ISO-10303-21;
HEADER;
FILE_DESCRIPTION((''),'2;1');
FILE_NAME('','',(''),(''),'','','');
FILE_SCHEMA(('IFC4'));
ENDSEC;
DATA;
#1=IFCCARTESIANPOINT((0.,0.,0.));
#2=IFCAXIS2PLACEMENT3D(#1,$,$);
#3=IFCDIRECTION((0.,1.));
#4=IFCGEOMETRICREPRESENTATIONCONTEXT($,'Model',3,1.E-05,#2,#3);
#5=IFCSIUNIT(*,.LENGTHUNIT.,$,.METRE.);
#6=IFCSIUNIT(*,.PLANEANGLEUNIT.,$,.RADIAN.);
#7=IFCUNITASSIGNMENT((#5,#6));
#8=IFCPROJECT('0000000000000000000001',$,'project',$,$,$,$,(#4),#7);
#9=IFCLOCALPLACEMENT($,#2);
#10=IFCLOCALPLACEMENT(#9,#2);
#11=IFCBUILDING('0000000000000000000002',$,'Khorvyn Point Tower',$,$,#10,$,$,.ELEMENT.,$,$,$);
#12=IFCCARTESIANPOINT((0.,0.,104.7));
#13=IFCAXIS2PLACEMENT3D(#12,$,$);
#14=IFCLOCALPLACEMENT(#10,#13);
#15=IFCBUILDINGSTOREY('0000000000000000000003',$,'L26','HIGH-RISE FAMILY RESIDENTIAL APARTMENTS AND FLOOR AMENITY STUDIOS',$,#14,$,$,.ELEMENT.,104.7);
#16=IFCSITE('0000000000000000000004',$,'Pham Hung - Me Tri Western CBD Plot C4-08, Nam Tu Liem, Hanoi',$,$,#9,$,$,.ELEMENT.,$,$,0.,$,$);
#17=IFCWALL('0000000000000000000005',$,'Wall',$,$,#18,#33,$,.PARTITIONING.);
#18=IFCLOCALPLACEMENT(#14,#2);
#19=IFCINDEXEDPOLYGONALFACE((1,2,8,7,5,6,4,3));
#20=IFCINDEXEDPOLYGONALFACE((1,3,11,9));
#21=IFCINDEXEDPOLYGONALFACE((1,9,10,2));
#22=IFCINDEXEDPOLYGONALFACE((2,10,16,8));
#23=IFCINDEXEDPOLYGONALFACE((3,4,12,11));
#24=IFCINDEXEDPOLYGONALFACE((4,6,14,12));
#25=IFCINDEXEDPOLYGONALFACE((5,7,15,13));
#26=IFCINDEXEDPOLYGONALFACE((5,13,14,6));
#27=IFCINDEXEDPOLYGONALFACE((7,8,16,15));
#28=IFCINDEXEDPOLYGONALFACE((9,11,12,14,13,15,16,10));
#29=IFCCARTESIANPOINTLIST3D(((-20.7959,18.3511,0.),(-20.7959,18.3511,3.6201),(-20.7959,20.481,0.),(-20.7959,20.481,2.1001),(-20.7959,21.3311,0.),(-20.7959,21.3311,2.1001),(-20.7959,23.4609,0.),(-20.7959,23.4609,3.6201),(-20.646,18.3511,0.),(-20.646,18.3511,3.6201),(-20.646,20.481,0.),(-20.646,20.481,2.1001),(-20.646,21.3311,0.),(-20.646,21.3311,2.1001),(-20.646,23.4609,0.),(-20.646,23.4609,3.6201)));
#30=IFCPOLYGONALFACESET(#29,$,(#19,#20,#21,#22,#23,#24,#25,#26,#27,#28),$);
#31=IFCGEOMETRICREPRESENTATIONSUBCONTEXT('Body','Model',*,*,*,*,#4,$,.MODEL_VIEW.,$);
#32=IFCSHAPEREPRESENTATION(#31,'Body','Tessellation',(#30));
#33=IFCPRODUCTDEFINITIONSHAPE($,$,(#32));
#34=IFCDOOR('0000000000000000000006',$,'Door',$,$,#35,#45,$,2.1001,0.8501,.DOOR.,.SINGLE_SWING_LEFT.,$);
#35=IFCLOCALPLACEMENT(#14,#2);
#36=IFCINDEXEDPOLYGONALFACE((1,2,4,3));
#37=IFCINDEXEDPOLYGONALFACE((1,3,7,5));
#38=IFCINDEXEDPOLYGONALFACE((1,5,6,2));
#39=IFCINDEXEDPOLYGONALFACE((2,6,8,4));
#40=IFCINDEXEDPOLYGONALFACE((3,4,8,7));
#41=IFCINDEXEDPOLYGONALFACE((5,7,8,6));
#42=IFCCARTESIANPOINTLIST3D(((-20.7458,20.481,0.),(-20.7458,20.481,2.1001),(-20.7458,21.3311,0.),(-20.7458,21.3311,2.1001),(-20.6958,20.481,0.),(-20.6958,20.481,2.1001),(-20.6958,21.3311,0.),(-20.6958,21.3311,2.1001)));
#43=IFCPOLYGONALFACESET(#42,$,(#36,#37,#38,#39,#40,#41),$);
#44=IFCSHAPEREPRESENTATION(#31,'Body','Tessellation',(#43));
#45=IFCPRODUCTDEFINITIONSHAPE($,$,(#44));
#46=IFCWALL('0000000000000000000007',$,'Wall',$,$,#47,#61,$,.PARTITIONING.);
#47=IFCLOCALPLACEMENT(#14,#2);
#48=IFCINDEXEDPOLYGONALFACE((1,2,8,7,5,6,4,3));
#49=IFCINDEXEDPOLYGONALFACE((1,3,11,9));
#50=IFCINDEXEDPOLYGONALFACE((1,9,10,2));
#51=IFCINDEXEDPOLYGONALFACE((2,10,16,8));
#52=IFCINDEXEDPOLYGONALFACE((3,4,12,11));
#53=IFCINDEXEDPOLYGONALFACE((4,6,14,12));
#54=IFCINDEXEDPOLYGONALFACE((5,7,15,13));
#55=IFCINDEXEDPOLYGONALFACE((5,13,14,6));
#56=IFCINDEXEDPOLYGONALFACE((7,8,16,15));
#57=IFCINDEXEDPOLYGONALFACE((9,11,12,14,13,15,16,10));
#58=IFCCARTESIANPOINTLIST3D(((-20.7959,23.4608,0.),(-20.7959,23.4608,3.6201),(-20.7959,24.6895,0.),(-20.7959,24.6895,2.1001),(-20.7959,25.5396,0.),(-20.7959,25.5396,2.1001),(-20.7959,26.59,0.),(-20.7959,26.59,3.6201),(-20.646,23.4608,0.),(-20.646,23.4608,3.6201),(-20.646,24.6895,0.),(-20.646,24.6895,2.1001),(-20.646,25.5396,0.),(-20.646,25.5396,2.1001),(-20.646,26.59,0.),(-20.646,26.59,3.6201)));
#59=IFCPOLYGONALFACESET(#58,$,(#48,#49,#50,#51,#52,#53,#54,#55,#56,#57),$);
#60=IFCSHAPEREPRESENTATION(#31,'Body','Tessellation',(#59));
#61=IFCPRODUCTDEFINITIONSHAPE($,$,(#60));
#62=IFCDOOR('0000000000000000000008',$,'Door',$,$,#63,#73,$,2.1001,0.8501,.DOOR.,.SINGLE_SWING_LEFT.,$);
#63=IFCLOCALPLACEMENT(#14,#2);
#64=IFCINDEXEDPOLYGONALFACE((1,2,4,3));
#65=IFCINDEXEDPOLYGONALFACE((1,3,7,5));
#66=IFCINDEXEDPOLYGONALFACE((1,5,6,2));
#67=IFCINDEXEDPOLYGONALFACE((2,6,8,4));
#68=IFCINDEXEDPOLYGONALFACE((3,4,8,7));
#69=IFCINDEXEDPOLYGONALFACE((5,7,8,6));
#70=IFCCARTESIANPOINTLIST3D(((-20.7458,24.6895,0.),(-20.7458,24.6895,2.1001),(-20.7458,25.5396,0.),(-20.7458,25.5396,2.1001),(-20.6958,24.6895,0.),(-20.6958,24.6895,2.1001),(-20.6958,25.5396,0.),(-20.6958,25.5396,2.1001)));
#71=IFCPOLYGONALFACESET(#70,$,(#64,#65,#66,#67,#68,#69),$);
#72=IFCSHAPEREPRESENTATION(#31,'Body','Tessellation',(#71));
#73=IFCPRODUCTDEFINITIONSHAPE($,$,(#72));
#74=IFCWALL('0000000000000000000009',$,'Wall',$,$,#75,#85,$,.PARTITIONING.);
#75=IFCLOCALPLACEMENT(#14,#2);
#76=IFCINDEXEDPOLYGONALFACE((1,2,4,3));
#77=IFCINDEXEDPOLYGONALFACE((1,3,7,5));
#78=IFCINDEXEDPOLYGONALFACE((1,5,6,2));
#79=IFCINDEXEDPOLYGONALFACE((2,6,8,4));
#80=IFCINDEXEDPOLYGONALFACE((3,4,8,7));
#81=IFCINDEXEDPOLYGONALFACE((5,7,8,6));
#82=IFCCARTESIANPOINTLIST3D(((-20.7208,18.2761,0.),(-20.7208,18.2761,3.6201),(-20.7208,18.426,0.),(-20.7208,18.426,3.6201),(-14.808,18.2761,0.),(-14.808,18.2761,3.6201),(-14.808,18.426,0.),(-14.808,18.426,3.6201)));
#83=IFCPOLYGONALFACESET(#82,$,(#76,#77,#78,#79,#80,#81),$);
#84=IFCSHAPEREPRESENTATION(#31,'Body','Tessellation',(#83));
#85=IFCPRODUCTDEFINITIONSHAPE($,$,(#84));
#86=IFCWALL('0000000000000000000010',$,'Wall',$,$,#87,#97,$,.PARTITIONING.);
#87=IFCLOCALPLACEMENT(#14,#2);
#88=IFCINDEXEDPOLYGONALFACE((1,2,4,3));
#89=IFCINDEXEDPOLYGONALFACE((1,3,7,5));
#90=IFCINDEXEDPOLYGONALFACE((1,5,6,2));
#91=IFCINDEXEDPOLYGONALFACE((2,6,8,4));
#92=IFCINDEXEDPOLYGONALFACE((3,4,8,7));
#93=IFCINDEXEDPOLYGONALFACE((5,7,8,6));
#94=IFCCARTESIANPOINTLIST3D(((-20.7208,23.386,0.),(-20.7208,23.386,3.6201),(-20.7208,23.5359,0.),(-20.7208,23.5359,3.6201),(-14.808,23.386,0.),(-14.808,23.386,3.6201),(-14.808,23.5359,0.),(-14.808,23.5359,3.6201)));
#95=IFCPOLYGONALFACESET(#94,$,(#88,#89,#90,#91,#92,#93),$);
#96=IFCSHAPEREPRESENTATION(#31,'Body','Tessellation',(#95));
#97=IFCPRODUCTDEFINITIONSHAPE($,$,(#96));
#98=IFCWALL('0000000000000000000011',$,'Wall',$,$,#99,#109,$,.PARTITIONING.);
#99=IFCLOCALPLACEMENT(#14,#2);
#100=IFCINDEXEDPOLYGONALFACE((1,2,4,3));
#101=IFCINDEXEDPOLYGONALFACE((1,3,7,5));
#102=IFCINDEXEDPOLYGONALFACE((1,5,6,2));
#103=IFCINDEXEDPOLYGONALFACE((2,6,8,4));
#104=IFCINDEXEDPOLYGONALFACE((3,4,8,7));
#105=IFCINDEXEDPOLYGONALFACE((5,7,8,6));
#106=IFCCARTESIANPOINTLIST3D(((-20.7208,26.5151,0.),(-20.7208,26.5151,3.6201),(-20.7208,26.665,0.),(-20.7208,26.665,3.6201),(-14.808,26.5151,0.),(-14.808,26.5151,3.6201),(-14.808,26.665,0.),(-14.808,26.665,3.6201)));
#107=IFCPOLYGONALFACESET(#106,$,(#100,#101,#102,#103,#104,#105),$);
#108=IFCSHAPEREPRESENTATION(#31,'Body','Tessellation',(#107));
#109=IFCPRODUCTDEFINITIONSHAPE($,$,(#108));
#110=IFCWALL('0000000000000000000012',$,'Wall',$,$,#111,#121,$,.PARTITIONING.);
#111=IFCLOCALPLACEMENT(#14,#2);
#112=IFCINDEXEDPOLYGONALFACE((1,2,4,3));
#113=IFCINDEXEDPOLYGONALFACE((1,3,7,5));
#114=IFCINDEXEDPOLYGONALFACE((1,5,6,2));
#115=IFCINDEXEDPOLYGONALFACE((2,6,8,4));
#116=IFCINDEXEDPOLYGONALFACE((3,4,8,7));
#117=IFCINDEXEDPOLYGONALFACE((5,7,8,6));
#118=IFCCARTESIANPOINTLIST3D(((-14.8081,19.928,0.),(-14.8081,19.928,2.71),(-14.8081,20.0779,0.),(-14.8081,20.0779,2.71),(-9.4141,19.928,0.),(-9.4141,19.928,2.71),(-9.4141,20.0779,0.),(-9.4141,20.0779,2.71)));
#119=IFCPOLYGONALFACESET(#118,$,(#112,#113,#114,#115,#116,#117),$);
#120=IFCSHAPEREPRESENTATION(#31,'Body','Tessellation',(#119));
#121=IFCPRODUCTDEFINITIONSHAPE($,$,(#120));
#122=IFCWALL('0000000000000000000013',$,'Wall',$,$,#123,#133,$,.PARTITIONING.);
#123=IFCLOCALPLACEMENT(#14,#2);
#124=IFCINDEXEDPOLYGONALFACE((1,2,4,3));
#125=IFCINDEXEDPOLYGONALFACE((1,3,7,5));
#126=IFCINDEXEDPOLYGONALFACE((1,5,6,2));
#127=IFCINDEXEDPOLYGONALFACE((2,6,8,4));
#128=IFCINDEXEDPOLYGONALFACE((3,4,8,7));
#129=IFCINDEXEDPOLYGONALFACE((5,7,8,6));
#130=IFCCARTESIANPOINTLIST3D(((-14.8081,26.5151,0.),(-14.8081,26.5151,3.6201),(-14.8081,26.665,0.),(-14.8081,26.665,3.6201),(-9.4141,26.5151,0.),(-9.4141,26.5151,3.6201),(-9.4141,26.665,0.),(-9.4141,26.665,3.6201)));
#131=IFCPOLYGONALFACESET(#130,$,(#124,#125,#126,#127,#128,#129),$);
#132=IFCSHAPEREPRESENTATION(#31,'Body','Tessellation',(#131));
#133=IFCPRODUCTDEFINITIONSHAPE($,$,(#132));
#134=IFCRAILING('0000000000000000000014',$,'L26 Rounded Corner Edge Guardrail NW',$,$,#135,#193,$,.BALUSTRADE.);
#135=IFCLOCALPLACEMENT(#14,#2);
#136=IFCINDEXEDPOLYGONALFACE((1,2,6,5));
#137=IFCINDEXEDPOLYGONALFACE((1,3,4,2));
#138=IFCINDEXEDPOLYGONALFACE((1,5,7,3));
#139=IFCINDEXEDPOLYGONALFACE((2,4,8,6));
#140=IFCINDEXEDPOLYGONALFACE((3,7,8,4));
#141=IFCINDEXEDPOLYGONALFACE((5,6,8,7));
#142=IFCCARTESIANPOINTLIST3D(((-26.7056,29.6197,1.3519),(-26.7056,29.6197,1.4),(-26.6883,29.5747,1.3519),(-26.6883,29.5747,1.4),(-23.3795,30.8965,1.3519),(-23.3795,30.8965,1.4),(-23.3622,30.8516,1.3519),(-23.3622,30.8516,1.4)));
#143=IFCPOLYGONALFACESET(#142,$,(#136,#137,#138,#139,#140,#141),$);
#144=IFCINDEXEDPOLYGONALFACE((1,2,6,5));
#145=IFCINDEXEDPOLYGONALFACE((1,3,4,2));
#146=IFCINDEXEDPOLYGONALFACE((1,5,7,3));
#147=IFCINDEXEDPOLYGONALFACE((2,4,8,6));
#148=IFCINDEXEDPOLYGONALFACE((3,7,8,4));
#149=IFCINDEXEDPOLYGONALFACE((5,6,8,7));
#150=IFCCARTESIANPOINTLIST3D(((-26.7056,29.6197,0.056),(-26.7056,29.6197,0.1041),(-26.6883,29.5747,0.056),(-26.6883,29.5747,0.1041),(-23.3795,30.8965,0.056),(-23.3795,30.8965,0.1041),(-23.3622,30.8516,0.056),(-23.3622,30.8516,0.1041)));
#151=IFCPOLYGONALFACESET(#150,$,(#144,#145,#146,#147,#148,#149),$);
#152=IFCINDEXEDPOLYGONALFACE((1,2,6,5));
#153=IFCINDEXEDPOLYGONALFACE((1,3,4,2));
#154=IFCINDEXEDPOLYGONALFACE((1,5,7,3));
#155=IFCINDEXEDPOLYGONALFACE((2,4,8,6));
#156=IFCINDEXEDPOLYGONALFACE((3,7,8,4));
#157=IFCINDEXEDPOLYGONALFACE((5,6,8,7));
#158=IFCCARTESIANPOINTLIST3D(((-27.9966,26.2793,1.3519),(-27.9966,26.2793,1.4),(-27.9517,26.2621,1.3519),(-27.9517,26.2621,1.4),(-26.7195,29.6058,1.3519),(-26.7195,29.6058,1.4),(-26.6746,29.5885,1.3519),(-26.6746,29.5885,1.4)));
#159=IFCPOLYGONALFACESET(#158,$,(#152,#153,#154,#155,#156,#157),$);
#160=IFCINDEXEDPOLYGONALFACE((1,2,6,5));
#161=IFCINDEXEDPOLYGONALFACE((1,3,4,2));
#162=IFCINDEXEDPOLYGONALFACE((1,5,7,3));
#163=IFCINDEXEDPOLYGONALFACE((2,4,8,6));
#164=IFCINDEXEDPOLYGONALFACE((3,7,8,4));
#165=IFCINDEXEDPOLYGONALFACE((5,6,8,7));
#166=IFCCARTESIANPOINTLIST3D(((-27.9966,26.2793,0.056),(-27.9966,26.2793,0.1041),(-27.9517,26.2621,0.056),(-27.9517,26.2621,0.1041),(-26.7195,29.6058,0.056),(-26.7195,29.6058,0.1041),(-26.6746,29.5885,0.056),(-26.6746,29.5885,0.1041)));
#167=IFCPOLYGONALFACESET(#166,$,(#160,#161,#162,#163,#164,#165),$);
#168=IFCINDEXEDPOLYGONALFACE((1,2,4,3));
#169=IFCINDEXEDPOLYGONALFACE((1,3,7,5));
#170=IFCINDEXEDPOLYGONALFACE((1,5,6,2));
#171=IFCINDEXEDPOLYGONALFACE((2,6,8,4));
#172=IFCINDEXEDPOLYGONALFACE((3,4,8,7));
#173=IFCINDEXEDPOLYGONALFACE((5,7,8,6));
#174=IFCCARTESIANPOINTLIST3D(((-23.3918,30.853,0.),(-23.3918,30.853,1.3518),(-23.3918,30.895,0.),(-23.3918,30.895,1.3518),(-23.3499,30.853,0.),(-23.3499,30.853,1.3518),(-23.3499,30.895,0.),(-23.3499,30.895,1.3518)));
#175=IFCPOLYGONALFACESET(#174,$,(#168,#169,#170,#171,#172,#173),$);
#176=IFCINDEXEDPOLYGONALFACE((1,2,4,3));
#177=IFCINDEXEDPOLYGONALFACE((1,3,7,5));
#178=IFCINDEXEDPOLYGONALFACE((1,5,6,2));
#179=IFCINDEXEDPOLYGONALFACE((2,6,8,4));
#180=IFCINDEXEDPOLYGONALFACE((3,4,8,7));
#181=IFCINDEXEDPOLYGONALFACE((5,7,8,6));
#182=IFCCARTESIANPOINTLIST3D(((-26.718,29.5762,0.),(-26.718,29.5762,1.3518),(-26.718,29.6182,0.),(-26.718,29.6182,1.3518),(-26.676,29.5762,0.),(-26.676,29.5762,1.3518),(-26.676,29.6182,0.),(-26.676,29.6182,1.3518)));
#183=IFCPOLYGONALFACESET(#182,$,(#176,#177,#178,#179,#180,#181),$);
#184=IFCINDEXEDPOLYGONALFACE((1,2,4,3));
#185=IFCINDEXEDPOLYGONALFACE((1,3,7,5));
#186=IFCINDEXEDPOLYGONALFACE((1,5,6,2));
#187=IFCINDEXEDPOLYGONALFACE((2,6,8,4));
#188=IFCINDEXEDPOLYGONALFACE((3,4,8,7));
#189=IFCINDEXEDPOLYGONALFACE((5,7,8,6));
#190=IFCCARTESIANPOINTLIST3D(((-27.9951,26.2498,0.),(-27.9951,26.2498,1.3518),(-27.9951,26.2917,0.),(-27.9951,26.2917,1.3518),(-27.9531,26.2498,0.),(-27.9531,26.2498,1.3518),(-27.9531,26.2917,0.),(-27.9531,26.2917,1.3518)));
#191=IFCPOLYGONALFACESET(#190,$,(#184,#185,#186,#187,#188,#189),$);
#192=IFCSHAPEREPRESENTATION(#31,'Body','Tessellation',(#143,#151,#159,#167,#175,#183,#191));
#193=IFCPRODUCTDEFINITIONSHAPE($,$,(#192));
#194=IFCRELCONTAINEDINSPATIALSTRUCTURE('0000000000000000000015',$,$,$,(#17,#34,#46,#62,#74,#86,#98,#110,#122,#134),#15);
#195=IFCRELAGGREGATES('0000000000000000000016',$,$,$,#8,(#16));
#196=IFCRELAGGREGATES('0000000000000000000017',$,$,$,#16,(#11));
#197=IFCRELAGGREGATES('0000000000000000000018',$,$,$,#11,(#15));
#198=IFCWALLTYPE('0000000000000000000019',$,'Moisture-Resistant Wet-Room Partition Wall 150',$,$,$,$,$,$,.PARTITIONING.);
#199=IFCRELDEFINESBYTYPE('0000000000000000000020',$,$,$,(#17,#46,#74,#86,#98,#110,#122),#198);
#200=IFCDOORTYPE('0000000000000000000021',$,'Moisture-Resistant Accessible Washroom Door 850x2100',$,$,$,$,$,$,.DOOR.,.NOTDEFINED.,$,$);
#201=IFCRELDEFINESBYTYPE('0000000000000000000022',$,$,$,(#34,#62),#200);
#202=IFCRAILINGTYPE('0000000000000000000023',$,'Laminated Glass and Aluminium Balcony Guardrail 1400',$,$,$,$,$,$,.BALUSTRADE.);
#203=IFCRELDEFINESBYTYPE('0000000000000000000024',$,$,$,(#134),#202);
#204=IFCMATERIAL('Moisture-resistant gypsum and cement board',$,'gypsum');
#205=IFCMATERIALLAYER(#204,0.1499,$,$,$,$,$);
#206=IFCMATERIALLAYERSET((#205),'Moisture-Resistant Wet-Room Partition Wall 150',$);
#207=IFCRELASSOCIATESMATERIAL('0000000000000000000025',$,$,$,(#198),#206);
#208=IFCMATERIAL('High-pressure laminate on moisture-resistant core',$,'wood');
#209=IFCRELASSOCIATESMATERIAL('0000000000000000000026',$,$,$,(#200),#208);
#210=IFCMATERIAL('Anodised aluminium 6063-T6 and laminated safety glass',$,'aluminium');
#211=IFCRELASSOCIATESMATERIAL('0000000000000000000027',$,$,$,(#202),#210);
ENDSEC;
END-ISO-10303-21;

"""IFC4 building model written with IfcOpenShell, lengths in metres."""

from ifc_helpers import new_model, si_unit, direction, frame, frame_2d, origin, origin_2d, place, context, subcontext, project, spatial, rectangle, extrude, material, layer, layer_set, type_object, element, fill, save


model = new_model("IFC4")

# Units and contexts
model_context = context("Model", 3, precision=1e-05, world=origin(), true_north=direction((0.0, 1.0)))
body_context = subcontext(model_context, "Body", "Model", "MODEL_VIEW")
ifc_project = project(units=[si_unit("LENGTHUNIT", "METRE"), si_unit("PLANEANGLEUNIT", "RADIAN")], contexts=[model_context])

# Site, building, storey
site_placement = place(None, origin())
site = spatial("IfcSite", under=ifc_project, at=site_placement, Name="Pham Hung - Me Tri Western CBD Plot C4-08, Nam Tu Liem, Hanoi", CompositionType="ELEMENT", RefElevation=0.0)
building_placement = place(site_placement, origin())
building = spatial("IfcBuilding", under=site, at=building_placement, Name="Khorvyn Point Tower", CompositionType="ELEMENT")
storey_placement = place(building_placement, frame((0.0, 0.0, 104.7)))
storey = spatial("IfcBuildingStorey", under=building, at=storey_placement, Name="L26", Description="HIGH-RISE FAMILY RESIDENTIAL APARTMENTS AND FLOOR AMENITY STUDIOS", CompositionType="ELEMENT", Elevation=104.7)

# Walls, openings, doors
ifc_material_1 = material(Name="Moisture-resistant gypsum and cement board", Category="gypsum")
ifc_layer_1 = layer(ifc_material_1, 0.1499)
ifc_layer_set_1 = layer_set([ifc_layer_1], Name="Moisture-Resistant Wet-Room Partition Wall 150")
wall_type_1 = type_object("IfcWallType", Name="Moisture-Resistant Wet-Room Partition Wall 150", PredefinedType="PARTITIONING", material=ifc_layer_set_1)
wall_1_placement = place(storey_placement, frame((-20.7209, 18.3511, 0.0), z_axis=(0.0, 0.0, 1.0), x_axis=(0.0, 1.0, 0.0)))
wall_1 = element("IfcWall", 1, at=wall_1_placement, inside=storey, type_object=wall_type_1, Name="Wall", PredefinedType="PARTITIONING", context=body_context, shape_type="SweptSolid", body=[
    extrude(rectangle(XDim=5.1099, YDim=0.1499, at=frame_2d((2.5549, 0.0))), origin(), (0.0, 0.0, 1.0), 3.6201),
])
opening_1_placement = place(wall_1_placement, frame((2.1299, 0.0, 0.0)))
opening_1 = element("IfcOpeningElement", 2, at=opening_1_placement, cuts=wall_1, PredefinedType="OPENING", context=body_context, shape_type="SweptSolid", body=[
    extrude(rectangle(XDim=0.8501, YDim=2.1001, at=frame_2d((0.425, 1.05))), frame((0.0, 0.085, 0.0), z_axis=(0.0, -1.0, 0.0), x_axis=(1.0, 0.0, 0.0)), (0.0, 0.0, 1.0), 0.1699),
])
ifc_material_2 = material(Name="High-pressure laminate on moisture-resistant core", Category="wood")
door_type_1 = type_object("IfcDoorType", Name="Moisture-Resistant Accessible Washroom Door 850x2100", OperationType="NOTDEFINED", PredefinedType="DOOR", material=ifc_material_2)
door_1_placement = place(opening_1_placement, origin())
door_1 = element("IfcDoor", 3, at=door_1_placement, inside=storey, type_object=door_type_1, Name="Door", OperationType="SINGLE_SWING_LEFT", OverallHeight=2.1001, OverallWidth=0.8501, PredefinedType="DOOR", context=body_context, shape_type="SweptSolid", body=[
    extrude(rectangle(XDim=0.8501, YDim=2.1001, at=frame_2d((0.425, 1.05))), frame((0.0, 0.0249, 0.0), z_axis=(0.0, -1.0, 0.0), x_axis=(1.0, 0.0, 0.0)), (0.0, 0.0, 1.0), 0.05),
])
fill(opening_1, door_1)
wall_2_placement = place(storey_placement, frame((-20.7209, 23.4609, 0.0), z_axis=(0.0, 0.0, 1.0), x_axis=(0.0, 1.0, 0.0)))
wall_2 = element("IfcWall", 4, at=wall_2_placement, inside=storey, type_object=wall_type_1, Name="Wall", PredefinedType="PARTITIONING", context=body_context, shape_type="SweptSolid", body=[
    extrude(rectangle(XDim=3.1292, YDim=0.1499, at=frame_2d((1.5645, 0.0))), origin(), (0.0, 0.0, 1.0), 3.6201),
])
opening_2_placement = place(wall_2_placement, frame((1.2285, 0.0, 0.0)))
opening_2 = element("IfcOpeningElement", 5, at=opening_2_placement, cuts=wall_2, PredefinedType="OPENING", context=body_context, shape_type="SweptSolid", body=[
    extrude(rectangle(XDim=0.8501, YDim=2.1001, at=frame_2d((0.425, 1.05))), frame((0.0, 0.085, 0.0), z_axis=(0.0, -1.0, 0.0), x_axis=(1.0, 0.0, 0.0)), (0.0, 0.0, 1.0), 0.1699),
])
door_2_placement = place(opening_2_placement, origin())
door_2 = element("IfcDoor", 6, at=door_2_placement, inside=storey, type_object=door_type_1, Name="Door", OperationType="SINGLE_SWING_LEFT", OverallHeight=2.1001, OverallWidth=0.8501, PredefinedType="DOOR", context=body_context, shape_type="SweptSolid", body=[
    extrude(rectangle(XDim=0.8501, YDim=2.1001, at=frame_2d((0.425, 1.05))), frame((0.0, 0.0249, 0.0), z_axis=(0.0, -1.0, 0.0), x_axis=(1.0, 0.0, 0.0)), (0.0, 0.0, 1.0), 0.05),
])
fill(opening_2, door_2)

# Walls
for number, where, z_axis, x_axis, name in (
    (7, (-20.7209, 18.3511, 0.0), (0.0, 0.0, 1.0), (1.0, 0.0, 0.0), "Wall"),
    (8, (-20.7209, 23.4609, 0.0), (0.0, 0.0, 1.0), (1.0, 0.0, 0.0), "Wall"),
    (9, (-20.7209, 26.5901, 0.0), (0.0, 0.0, 1.0), (1.0, 0.0, 0.0), "Wall"),
):
    element("IfcWall", number, at=place(storey_placement, frame(where, z_axis=z_axis, x_axis=x_axis)), inside=storey, type_object=wall_type_1, Name=name, PredefinedType="PARTITIONING", context=body_context, shape_type="SweptSolid", body=[
        extrude(rectangle(XDim=5.9128, YDim=0.1499, at=frame_2d((2.9565, 0.0))), origin(), (0.0, 0.0, 1.0), 3.6201),
    ])
wall_3_placement = place(storey_placement, frame((-14.8081, 20.0029, 0.0), z_axis=(0.0, 0.0, 1.0), x_axis=(1.0, 0.0, 0.0)))
element("IfcWall", 10, at=wall_3_placement, inside=storey, type_object=wall_type_1, Name="Wall", PredefinedType="PARTITIONING", context=body_context, shape_type="SweptSolid", body=[
    extrude(rectangle(XDim=5.394, YDim=0.1499, at=frame_2d((2.697, 0.0))), origin(), (0.0, 0.0, 1.0), 2.71),
])
wall_4_placement = place(storey_placement, frame((-14.8081, 26.5901, 0.0), z_axis=(0.0, 0.0, 1.0), x_axis=(1.0, 0.0, 0.0)))
element("IfcWall", 11, at=wall_4_placement, inside=storey, type_object=wall_type_1, Name="Wall", PredefinedType="PARTITIONING", context=body_context, shape_type="SweptSolid", body=[
    extrude(rectangle(XDim=5.394, YDim=0.1499, at=frame_2d((2.697, 0.0))), origin(), (0.0, 0.0, 1.0), 3.6201),
])

# Railing
ifc_material_3 = material(Name="Anodised aluminium 6063-T6 and laminated safety glass", Category="aluminium")
railing_type = type_object("IfcRailingType", Name="Laminated Glass and Aluminium Balcony Guardrail 1400", PredefinedType="BALUSTRADE", material=ifc_material_3)
railing_1_placement = place(storey_placement, frame((-23.3708, 30.874, 0.0)))
element("IfcRailing", 12, at=railing_1_placement, inside=storey, type_object=railing_type, Name="L26 Rounded Corner Edge Guardrail NW", PredefinedType="BALUSTRADE", context=body_context, shape_type="SweptSolid", body=[
    extrude(rectangle(XDim=0.0481, YDim=0.0481, at=origin_2d()), frame((0.0, 0.0, 1.376), z_axis=(-0.933575, -0.358382, 0.0), x_axis=(0.358382, -0.933575, 0.0)), (0.0, 0.0, 1.0), 3.5627),
    extrude(rectangle(XDim=0.0481, YDim=0.0481, at=origin_2d()), frame((0.0, 0.0, 0.0801), z_axis=(-0.933575, -0.358382, 0.0), x_axis=(0.358382, -0.933575, 0.0)), (0.0, 0.0, 1.0), 3.5627),
    extrude(rectangle(XDim=0.0481, YDim=0.0481, at=origin_2d()), frame((-3.3262, -1.2769, 1.376), z_axis=(-0.358419, -0.933561, 0.0), x_axis=(0.933561, -0.358419, 0.0)), (0.0, 0.0, 1.0), 3.5632),
    extrude(rectangle(XDim=0.0481, YDim=0.0481, at=origin_2d()), frame((-3.3262, -1.2769, 0.0801), z_axis=(-0.358419, -0.933561, 0.0), x_axis=(0.933561, -0.358419, 0.0)), (0.0, 0.0, 1.0), 3.5632),
    extrude(rectangle(XDim=0.042, YDim=0.042, at=origin_2d()), origin(), (0.0, 0.0, 1.0), 1.3518),
    extrude(rectangle(XDim=0.042, YDim=0.042, at=origin_2d()), frame((-3.3262, -1.2769, 0.0)), (0.0, 0.0, 1.0), 1.3518),
    extrude(rectangle(XDim=0.042, YDim=0.042, at=origin_2d()), frame((-4.6033, -4.6033, 0.0)), (0.0, 0.0, 1.0), 1.3518),
])

save(model, "model.ifc")
